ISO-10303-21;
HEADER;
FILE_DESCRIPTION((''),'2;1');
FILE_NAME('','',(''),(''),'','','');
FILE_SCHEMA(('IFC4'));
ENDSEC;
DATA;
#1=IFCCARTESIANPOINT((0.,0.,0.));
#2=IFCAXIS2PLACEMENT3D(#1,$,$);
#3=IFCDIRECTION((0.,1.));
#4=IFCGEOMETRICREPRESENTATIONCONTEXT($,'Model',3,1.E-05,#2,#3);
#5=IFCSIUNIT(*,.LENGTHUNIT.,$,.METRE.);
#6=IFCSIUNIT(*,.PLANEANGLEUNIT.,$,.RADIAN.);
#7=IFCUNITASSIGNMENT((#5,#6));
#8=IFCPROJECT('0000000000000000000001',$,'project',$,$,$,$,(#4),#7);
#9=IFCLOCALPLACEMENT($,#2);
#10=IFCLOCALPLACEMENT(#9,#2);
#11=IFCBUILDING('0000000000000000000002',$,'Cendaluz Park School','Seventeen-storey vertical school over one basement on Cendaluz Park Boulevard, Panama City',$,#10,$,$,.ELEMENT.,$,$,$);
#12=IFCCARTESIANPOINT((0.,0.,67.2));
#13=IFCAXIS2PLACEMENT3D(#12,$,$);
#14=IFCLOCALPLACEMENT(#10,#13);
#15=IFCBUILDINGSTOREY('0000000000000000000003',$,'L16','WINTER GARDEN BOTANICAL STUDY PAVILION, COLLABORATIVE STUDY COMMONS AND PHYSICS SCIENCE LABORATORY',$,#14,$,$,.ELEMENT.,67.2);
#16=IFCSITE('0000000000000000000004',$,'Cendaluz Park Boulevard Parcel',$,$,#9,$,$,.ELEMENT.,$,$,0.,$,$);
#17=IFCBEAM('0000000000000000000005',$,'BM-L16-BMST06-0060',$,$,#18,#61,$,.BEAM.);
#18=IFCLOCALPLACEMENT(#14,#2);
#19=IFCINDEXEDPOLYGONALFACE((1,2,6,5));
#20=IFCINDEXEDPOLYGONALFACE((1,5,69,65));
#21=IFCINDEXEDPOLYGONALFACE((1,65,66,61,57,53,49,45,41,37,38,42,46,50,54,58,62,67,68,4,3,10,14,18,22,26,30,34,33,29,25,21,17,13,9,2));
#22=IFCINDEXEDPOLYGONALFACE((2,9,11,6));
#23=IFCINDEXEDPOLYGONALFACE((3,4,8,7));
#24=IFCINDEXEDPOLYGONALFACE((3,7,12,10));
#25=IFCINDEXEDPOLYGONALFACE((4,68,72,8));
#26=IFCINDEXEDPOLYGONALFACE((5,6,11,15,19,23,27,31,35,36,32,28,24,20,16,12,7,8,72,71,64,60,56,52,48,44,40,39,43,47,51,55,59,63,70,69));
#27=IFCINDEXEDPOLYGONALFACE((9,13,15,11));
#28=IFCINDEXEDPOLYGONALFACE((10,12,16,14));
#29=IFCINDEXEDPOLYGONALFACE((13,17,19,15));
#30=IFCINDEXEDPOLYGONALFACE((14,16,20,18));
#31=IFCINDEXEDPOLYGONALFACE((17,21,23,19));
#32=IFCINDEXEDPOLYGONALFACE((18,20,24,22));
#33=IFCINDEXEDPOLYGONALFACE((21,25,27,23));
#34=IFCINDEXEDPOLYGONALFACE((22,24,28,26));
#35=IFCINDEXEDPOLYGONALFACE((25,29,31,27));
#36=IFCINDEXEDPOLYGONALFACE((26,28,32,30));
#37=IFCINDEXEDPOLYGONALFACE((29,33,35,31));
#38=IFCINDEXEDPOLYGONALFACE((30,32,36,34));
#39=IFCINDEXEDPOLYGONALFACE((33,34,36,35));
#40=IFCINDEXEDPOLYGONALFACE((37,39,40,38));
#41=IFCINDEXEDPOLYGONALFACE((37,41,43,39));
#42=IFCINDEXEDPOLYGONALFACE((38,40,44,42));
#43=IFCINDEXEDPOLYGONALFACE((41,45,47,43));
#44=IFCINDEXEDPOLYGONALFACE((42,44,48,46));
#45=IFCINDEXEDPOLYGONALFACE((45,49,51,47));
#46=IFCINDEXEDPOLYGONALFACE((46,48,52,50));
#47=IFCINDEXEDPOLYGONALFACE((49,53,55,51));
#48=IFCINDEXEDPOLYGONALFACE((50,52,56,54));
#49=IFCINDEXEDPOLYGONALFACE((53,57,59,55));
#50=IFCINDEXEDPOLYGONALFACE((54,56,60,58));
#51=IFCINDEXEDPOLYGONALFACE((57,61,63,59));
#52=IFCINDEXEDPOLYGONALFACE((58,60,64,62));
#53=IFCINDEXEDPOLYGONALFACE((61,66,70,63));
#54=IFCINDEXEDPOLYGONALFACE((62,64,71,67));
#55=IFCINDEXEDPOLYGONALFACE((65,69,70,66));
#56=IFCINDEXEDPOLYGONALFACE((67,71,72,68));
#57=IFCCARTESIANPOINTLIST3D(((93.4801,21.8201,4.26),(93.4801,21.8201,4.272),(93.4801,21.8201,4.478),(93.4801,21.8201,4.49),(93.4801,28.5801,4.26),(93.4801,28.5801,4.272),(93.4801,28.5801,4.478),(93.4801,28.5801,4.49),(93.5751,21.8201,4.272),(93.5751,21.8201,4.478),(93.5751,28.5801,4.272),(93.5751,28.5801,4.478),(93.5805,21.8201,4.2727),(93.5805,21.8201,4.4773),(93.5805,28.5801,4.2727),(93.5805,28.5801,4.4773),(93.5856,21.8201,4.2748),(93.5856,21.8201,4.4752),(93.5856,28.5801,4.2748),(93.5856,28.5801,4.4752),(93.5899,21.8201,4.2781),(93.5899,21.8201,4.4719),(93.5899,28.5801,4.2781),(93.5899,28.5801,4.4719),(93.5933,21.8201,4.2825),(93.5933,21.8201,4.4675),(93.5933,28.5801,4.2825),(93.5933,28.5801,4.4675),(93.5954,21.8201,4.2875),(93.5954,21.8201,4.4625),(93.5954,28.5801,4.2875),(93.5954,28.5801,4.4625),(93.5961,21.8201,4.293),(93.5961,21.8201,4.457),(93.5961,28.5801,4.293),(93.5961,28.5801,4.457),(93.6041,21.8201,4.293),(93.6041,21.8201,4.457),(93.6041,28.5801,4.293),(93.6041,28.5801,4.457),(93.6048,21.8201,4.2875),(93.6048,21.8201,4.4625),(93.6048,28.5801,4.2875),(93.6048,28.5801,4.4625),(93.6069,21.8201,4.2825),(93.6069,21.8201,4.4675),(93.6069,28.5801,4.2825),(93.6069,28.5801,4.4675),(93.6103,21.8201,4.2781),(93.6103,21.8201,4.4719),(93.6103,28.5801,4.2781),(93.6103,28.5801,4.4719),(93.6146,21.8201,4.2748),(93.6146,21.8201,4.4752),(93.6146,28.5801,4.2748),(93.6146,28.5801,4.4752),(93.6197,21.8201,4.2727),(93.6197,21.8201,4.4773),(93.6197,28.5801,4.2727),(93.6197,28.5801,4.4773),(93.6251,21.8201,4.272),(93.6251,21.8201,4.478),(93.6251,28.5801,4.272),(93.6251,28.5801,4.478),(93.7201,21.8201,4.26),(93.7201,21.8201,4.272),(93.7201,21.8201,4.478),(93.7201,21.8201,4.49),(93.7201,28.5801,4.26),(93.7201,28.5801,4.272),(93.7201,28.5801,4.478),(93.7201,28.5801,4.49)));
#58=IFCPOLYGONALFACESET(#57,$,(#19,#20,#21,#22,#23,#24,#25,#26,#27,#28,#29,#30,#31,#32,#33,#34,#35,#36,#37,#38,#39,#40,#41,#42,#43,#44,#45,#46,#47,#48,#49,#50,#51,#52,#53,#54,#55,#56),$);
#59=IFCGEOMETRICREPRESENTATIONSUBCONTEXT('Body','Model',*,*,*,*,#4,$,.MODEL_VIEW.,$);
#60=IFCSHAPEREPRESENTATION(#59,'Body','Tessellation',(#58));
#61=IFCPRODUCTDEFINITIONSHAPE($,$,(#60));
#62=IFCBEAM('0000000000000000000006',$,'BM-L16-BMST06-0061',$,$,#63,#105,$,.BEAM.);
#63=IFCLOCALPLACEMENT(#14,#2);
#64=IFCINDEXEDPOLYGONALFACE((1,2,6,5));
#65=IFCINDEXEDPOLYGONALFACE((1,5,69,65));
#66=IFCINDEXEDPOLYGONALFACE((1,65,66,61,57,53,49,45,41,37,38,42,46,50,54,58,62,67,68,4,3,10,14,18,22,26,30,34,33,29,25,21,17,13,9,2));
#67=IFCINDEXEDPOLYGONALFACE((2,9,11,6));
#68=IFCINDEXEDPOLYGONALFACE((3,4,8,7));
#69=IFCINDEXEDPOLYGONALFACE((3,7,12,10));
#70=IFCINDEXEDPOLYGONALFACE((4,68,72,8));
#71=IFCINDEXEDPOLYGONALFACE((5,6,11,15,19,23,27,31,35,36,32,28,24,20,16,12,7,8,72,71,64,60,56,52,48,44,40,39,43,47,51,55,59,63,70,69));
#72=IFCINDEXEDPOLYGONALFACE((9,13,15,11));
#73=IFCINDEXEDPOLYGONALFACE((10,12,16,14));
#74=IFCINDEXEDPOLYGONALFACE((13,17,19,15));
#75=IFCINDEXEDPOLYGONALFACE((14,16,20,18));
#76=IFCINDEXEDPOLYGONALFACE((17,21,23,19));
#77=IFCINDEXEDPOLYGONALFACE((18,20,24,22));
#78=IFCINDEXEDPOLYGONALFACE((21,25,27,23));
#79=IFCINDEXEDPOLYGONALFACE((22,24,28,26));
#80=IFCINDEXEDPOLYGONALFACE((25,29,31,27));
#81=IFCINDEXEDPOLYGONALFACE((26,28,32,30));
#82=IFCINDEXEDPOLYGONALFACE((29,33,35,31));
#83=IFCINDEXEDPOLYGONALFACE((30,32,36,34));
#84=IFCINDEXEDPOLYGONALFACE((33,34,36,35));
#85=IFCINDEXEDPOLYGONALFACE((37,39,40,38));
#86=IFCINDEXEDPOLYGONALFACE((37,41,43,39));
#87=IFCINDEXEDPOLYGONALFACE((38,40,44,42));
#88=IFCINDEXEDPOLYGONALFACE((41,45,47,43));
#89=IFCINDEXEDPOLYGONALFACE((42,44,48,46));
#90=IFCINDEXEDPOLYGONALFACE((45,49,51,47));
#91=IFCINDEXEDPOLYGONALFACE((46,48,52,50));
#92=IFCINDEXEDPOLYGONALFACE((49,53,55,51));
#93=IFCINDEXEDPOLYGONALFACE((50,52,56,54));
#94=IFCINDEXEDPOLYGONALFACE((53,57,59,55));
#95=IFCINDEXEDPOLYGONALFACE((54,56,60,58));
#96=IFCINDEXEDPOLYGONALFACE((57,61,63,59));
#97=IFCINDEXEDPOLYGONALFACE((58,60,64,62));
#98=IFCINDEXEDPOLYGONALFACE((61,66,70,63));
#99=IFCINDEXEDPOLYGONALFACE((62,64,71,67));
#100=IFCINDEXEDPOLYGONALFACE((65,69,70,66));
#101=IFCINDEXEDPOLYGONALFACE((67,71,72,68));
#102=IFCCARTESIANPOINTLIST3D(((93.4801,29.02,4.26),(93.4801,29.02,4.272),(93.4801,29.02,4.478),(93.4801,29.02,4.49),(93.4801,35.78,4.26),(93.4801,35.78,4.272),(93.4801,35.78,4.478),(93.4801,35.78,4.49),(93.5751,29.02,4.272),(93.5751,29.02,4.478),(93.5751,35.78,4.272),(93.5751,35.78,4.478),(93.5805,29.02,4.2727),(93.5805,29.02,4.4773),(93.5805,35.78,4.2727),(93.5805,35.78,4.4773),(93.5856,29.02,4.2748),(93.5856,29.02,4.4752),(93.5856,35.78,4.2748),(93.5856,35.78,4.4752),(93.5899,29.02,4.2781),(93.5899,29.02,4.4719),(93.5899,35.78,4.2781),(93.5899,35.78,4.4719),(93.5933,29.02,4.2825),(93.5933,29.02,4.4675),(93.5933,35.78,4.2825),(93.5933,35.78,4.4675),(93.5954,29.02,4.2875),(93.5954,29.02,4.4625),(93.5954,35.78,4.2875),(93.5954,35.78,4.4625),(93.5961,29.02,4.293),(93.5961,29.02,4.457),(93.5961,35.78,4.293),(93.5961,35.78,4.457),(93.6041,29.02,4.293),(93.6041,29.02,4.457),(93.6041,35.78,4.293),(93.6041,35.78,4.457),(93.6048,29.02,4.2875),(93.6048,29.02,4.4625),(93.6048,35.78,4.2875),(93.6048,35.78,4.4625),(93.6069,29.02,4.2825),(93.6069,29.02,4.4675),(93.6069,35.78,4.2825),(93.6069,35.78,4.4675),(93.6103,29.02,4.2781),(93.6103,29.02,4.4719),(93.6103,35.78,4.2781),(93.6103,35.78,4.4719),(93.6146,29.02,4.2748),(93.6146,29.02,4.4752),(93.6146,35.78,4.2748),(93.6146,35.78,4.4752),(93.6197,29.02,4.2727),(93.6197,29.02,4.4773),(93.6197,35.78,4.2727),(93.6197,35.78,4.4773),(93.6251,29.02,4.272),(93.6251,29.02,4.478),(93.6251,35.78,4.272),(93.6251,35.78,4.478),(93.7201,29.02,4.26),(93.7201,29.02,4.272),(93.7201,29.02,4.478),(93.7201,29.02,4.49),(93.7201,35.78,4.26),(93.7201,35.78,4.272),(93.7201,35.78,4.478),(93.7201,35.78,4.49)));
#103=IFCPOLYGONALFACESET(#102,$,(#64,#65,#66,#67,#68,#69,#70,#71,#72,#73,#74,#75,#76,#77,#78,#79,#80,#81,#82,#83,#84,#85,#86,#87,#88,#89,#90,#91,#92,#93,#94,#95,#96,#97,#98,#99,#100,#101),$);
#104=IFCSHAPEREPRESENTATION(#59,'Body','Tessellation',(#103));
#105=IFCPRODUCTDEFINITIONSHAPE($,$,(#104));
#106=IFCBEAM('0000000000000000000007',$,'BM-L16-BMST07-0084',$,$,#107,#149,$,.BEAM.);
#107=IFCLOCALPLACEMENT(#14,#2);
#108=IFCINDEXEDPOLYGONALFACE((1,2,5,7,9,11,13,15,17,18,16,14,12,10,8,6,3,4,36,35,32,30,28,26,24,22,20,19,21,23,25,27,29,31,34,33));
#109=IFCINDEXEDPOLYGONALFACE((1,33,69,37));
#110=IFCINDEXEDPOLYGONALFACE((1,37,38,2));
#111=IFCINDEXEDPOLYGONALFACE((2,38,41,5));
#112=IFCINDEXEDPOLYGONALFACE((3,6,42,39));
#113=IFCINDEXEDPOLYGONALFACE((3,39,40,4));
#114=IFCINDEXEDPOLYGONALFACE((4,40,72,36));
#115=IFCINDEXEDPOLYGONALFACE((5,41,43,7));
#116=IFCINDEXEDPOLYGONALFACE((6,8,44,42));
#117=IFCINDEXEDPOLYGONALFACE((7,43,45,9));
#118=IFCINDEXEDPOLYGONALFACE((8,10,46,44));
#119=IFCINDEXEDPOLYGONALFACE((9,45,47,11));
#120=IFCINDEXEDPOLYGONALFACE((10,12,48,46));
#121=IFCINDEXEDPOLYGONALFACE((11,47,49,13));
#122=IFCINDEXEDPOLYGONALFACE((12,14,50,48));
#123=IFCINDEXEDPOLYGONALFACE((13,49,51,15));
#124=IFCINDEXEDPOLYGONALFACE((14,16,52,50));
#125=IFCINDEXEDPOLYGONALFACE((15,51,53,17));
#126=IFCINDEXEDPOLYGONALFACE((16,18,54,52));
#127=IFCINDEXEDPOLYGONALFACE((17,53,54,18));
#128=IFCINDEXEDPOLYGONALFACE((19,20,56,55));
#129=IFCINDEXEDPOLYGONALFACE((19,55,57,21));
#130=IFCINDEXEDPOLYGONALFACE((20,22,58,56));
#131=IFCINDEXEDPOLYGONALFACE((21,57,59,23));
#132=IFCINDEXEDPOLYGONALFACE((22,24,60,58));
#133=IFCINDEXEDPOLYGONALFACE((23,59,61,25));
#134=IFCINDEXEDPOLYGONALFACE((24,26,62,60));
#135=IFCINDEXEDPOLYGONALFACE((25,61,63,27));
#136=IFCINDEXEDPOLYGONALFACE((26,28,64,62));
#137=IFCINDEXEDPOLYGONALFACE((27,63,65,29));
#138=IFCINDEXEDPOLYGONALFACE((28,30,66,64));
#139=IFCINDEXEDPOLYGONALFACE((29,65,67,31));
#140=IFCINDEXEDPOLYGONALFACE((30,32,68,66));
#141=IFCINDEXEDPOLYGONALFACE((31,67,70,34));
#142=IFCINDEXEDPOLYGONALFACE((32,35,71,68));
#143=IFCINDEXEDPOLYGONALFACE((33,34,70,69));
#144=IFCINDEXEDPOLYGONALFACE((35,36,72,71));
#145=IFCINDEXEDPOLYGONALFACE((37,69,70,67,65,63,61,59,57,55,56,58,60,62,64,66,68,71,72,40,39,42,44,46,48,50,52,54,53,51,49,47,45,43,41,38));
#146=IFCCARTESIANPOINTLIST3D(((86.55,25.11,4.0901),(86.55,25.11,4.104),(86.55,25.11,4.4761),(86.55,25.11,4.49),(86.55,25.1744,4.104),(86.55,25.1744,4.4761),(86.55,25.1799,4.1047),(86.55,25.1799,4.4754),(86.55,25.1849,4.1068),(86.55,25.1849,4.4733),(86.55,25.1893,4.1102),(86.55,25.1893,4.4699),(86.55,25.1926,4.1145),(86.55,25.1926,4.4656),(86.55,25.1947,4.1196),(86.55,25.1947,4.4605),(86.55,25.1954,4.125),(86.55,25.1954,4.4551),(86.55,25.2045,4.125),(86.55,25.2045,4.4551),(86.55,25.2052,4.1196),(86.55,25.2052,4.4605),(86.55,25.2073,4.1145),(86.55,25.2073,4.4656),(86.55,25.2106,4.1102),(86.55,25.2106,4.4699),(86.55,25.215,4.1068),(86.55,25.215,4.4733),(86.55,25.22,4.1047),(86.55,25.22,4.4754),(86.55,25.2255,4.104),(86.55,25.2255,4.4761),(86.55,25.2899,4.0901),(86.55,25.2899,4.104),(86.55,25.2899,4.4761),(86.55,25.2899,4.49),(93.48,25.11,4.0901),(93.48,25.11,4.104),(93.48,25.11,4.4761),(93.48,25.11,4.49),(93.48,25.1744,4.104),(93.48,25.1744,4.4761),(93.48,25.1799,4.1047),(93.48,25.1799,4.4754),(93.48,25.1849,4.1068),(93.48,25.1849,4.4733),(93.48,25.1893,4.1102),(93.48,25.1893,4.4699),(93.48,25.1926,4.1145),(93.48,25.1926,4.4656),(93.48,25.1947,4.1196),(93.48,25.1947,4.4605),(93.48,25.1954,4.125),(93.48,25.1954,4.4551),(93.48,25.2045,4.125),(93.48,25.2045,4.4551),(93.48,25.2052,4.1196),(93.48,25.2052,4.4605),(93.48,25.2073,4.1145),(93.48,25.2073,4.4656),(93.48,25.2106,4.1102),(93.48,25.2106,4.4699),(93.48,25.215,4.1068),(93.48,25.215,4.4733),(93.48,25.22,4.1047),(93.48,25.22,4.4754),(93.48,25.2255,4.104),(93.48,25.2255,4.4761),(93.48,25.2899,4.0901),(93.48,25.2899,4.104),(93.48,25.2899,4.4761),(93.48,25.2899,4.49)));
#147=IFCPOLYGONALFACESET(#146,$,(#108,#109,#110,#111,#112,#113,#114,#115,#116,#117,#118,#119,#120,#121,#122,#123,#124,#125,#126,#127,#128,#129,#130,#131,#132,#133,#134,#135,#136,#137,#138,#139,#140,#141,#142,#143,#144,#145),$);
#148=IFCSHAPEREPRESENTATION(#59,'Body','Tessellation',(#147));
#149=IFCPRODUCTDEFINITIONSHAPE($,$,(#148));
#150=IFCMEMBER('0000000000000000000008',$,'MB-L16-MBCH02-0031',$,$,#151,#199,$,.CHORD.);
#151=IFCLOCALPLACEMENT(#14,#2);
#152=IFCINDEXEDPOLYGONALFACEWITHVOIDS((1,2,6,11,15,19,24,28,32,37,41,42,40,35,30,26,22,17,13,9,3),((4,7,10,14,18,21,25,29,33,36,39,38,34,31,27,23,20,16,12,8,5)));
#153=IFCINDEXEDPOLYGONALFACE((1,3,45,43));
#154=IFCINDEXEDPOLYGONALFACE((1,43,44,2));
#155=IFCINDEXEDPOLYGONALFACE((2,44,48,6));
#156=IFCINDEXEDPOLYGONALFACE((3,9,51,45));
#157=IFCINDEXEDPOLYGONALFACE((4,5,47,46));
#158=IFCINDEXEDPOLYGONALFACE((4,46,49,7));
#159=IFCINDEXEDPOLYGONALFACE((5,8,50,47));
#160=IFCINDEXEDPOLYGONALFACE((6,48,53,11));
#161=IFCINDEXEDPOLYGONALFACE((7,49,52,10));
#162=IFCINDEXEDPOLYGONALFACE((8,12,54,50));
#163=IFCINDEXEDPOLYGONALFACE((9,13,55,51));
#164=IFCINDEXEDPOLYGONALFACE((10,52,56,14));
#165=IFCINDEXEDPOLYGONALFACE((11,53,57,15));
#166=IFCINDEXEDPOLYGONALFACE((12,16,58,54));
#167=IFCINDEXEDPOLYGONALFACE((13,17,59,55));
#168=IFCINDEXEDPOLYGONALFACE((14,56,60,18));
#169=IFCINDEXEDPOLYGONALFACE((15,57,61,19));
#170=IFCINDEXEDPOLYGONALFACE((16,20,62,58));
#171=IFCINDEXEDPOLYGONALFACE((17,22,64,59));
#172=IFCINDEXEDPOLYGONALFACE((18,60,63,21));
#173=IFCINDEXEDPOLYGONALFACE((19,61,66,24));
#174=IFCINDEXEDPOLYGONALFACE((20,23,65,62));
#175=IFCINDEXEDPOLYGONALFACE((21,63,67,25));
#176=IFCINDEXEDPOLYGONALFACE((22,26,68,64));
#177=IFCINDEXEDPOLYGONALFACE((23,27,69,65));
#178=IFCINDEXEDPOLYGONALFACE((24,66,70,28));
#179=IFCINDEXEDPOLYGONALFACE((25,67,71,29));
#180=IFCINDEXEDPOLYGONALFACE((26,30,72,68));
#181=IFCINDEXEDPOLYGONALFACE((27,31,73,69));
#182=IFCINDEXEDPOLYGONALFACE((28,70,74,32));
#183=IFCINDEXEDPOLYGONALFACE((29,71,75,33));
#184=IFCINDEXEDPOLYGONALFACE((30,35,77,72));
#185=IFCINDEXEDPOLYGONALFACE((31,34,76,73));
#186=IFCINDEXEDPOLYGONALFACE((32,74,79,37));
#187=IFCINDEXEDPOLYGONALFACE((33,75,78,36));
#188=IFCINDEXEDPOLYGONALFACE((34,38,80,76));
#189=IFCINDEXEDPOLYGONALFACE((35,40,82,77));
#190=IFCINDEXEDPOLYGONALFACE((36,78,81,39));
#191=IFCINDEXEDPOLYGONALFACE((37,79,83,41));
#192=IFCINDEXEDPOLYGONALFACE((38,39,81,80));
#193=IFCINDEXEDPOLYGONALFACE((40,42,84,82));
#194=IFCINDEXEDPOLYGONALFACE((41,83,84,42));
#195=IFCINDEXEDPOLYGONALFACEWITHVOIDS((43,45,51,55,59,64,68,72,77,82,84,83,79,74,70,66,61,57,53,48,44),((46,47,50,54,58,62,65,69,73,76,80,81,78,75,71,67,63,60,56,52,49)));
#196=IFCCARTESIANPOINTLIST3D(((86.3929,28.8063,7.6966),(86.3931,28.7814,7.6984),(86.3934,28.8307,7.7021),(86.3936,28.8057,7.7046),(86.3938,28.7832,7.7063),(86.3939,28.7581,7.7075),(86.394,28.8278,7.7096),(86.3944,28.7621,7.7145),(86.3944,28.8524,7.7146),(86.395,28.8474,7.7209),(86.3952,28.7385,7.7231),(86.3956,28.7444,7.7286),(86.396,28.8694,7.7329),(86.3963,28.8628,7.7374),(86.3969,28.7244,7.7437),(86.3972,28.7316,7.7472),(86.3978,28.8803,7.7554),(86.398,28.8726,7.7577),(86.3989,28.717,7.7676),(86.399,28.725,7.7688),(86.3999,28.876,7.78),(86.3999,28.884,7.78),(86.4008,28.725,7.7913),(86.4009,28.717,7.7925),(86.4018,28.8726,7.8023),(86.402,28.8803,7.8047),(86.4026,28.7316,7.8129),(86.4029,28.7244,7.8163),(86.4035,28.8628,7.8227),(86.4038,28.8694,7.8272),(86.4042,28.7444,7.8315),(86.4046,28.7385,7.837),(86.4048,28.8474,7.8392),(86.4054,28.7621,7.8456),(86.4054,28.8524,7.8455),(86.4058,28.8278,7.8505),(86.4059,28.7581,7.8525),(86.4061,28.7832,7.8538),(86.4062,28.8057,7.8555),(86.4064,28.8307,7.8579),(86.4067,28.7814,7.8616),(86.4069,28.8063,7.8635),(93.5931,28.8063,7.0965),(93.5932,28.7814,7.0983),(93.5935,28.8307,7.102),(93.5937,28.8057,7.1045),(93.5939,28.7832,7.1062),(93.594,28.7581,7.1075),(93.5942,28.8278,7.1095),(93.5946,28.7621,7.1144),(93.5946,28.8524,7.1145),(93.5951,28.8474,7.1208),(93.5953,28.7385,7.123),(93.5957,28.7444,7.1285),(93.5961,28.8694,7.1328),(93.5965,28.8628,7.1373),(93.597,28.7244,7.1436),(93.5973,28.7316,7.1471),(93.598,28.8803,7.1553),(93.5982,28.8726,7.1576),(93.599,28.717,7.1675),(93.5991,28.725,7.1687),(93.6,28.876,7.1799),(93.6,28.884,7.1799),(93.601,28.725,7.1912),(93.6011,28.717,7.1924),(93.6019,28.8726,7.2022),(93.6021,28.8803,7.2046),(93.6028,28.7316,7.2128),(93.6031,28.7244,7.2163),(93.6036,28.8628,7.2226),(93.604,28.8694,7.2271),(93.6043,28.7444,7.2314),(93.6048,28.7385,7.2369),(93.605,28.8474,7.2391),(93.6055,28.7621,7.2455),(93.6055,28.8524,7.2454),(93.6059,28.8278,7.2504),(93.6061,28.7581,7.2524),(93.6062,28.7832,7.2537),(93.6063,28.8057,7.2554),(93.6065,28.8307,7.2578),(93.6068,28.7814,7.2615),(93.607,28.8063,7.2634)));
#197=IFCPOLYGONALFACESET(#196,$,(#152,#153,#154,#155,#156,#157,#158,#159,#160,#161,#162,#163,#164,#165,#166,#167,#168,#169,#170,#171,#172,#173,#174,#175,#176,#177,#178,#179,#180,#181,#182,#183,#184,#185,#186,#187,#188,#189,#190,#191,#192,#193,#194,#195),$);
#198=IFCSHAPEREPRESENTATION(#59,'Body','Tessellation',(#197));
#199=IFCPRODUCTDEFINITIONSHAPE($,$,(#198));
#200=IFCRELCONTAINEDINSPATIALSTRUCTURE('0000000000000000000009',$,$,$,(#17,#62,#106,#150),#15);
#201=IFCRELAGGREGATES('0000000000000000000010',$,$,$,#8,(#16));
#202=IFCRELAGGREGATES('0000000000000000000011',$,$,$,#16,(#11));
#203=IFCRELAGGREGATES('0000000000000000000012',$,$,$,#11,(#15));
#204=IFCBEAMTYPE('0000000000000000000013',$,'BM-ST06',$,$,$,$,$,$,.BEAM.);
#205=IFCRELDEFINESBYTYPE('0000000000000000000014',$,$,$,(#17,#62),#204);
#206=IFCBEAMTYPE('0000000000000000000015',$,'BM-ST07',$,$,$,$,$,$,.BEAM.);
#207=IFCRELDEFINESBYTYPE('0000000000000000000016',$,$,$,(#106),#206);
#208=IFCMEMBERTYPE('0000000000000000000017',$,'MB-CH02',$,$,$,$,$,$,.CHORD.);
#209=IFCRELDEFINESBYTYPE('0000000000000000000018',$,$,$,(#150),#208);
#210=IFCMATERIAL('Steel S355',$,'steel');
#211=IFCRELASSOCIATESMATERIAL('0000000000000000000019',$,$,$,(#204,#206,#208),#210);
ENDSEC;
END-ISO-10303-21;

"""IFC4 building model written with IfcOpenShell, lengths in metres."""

from ifc_helpers import new_model, si_unit, direction, frame, origin, origin_2d, place, context, subcontext, project, spatial, hollow_circle, i_section, extrude, material, material_profile, profile_set, type_object, element, save


model = new_model("IFC4")

# Units and contexts
model_context = context("Model", 3, precision=1e-05, world=origin(), true_north=direction((0.0, 1.0)))
body_context = subcontext(model_context, "Body", "Model", "MODEL_VIEW")
ifc_project = project(units=[si_unit("LENGTHUNIT", "METRE"), si_unit("PLANEANGLEUNIT", "RADIAN")], contexts=[model_context])

# Site, building, storey
site_placement = place(None, origin())
site = spatial("IfcSite", under=ifc_project, at=site_placement, Name="Cendaluz Park Boulevard Parcel", CompositionType="ELEMENT", RefElevation=0.0)
building_placement = place(site_placement, origin())
building = spatial("IfcBuilding", under=site, at=building_placement, Name="Cendaluz Park School", Description="Seventeen-storey vertical school over one basement on Cendaluz Park Boulevard, Panama City", CompositionType="ELEMENT")
storey_placement = place(building_placement, frame((0.0, 0.0, 67.2)))
storey = spatial("IfcBuildingStorey", under=building, at=storey_placement, Name="L16", Description="WINTER GARDEN BOTANICAL STUDY PAVILION, COLLABORATIVE STUDY COMMONS AND PHYSICS SCIENCE LABORATORY", CompositionType="ELEMENT", Elevation=67.2)

# Beams
ifc_material_1 = material(Name="Steel S355", Category="steel")
ifc_material_profile_1 = material_profile(ifc_material_1, i_section(OverallWidth=0.24, OverallDepth=0.23, WebThickness=0.0081, FlangeThickness=0.012, FilletRadius=0.021, at=origin_2d()), Name="HEA 240", Category="steel")
ifc_profile_set_1 = profile_set([ifc_material_profile_1], Name="Steel S355")
beam_type_1 = type_object("IfcBeamType", Name="BM-ST06", PredefinedType="BEAM", material=ifc_profile_set_1)
for number, where, z_axis, x_axis, name in (
    (1, (93.6001, 21.8201, 4.375), (0.0, 1.0, 0.0), (-1.0, 0.0, 0.0), "BM-L16-BMST06-0060"),
    (2, (93.6001, 29.02, 4.375), (0.0, 1.0, 0.0), (-1.0, 0.0, 0.0), "BM-L16-BMST06-0061"),
):
    element("IfcBeam", number, at=place(storey_placement, frame(where, z_axis=z_axis, x_axis=x_axis)), inside=storey, type_object=beam_type_1, Name=name, PredefinedType="BEAM", context=body_context, shape_type="SweptSolid", body=[
        extrude(i_section(OverallWidth=0.24, OverallDepth=0.23, WebThickness=0.0081, FlangeThickness=0.012, FilletRadius=0.021, at=origin_2d()), origin(), (0.0, 0.0, 1.0), 6.76),
    ])
ifc_material_profile_2 = material_profile(ifc_material_1, i_section(OverallWidth=0.1799, OverallDepth=0.3999, WebThickness=0.009, FlangeThickness=0.0139, FilletRadius=0.021, at=origin_2d()), Name="IPE 400", Category="steel")
ifc_profile_set_2 = profile_set([ifc_material_profile_2], Name="Steel S355")
beam_type_2 = type_object("IfcBeamType", Name="BM-ST07", PredefinedType="BEAM", material=ifc_profile_set_2)
beam_1_placement = place(storey_placement, frame((86.55, 25.2, 4.29), z_axis=(1.0, 0.0, 0.0), x_axis=(0.0, 1.0, 0.0)))
element("IfcBeam", 3, at=beam_1_placement, inside=storey, type_object=beam_type_2, Name="BM-L16-BMST07-0084", PredefinedType="BEAM", context=body_context, shape_type="SweptSolid", body=[
    extrude(i_section(OverallWidth=0.1799, OverallDepth=0.3999, WebThickness=0.009, FlangeThickness=0.0139, FilletRadius=0.021, at=origin_2d()), origin(), (0.0, 0.0, 1.0), 6.9299),
])

# Member
ifc_material_profile_3 = material_profile(ifc_material_1, hollow_circle(Radius=0.084, WallThickness=0.0081, at=origin_2d()), Name="CHS 168x8", Category="steel")
ifc_profile_set_3 = profile_set([ifc_material_profile_3], Name="Steel S355")
member_type_1 = type_object("IfcMemberType", Name="MB-CH02", PredefinedType="CHORD", material=ifc_profile_set_3)
member_1_placement = place(storey_placement, frame((86.3999, 28.8, 7.78), z_axis=(0.996545, 0.0, -0.083057), x_axis=(0.0, 1.0, 0.0)))
element("IfcMember", 4, at=member_1_placement, inside=storey, type_object=member_type_1, Name="MB-L16-MBCH02-0031", PredefinedType="CHORD", context=body_context, shape_type="SweptSolid", body=[
    extrude(hollow_circle(Radius=0.084, WallThickness=0.0081, at=origin_2d()), origin(), (0.0, 0.0, 1.0), 7.2251),
])

save(model, "model.ifc")
